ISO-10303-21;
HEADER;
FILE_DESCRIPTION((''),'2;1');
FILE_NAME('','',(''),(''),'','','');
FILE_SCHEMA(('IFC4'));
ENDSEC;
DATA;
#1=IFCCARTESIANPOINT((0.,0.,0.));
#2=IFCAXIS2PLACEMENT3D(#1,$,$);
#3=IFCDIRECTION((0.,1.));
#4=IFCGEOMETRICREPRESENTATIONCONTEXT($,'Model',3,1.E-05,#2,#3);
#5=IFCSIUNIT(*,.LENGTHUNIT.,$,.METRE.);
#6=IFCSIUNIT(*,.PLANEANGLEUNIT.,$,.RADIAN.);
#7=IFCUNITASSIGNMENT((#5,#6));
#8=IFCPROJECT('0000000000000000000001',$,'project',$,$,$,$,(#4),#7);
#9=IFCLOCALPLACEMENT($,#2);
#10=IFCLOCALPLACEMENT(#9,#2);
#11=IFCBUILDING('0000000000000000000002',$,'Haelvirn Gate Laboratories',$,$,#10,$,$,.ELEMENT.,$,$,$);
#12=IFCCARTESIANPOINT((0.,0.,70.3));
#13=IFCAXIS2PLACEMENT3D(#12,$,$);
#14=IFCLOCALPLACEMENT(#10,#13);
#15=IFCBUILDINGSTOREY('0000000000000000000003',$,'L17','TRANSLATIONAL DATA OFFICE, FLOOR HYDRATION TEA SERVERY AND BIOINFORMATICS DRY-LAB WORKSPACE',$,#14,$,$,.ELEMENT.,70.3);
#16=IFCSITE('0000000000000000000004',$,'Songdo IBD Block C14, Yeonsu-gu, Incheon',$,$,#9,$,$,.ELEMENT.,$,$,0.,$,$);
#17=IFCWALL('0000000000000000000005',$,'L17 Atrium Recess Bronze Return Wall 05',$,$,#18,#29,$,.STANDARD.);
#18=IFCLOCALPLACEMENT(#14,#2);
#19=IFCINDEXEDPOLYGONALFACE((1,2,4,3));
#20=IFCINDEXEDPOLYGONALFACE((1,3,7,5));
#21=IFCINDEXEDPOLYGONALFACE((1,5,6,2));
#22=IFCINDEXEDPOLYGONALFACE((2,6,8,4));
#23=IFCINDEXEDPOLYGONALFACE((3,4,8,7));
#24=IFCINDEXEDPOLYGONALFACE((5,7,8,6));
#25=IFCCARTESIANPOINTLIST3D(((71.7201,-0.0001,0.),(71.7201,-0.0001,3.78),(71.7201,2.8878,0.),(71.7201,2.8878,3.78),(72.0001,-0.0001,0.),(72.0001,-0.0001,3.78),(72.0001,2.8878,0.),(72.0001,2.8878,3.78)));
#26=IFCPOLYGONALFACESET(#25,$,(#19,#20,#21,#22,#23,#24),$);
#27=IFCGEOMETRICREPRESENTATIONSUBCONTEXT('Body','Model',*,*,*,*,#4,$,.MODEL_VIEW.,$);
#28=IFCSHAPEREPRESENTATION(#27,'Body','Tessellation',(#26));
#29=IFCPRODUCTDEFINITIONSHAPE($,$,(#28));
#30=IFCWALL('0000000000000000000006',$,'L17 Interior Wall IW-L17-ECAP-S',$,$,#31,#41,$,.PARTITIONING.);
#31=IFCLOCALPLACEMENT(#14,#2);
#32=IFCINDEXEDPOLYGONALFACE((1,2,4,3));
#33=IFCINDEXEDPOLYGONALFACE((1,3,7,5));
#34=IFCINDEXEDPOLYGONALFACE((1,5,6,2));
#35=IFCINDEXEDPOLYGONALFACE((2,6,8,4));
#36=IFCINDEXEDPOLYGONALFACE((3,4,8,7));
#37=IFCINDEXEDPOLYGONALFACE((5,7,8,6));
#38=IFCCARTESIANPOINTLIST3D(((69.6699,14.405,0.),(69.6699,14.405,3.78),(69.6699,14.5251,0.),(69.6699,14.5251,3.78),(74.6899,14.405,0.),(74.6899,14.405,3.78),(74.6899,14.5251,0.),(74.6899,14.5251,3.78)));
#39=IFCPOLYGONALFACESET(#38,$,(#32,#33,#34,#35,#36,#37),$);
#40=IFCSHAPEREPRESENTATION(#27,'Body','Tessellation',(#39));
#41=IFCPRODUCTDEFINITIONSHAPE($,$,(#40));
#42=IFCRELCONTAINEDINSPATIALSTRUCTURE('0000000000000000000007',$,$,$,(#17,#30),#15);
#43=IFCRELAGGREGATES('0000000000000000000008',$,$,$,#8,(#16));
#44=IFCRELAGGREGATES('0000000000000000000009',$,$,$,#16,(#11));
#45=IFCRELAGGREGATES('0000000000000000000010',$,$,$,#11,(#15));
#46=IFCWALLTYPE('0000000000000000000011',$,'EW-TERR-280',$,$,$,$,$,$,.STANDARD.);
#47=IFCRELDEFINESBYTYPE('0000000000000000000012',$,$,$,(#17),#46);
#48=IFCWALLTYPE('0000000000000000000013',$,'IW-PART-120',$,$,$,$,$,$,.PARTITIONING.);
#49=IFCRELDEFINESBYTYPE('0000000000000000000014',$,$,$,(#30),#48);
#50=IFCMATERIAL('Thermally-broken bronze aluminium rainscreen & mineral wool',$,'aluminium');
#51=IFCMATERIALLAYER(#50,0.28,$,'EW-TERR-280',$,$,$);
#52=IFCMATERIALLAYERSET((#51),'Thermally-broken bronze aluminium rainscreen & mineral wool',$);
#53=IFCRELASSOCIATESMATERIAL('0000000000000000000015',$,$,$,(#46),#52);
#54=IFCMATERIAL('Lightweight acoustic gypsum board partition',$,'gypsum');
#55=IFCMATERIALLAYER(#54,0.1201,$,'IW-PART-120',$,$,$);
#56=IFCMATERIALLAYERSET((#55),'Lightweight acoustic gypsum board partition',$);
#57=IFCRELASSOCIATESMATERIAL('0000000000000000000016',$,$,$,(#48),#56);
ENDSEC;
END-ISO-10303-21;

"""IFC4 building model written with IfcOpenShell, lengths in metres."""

from ifc_helpers import new_model, si_unit, direction, frame, frame_2d, origin, place, context, subcontext, project, spatial, rectangle, extrude, material, layer, layer_set, type_object, element, save


model = new_model("IFC4")

# Units and contexts
model_context = context("Model", 3, precision=1e-05, world=origin(), true_north=direction((0.0, 1.0)))
body_context = subcontext(model_context, "Body", "Model", "MODEL_VIEW")
ifc_project = project(units=[si_unit("LENGTHUNIT", "METRE"), si_unit("PLANEANGLEUNIT", "RADIAN")], contexts=[model_context])

# Site, building, storey
site_placement = place(None, origin())
site = spatial("IfcSite", under=ifc_project, at=site_placement, Name="Songdo IBD Block C14, Yeonsu-gu, Incheon", CompositionType="ELEMENT", RefElevation=0.0)
building_placement = place(site_placement, origin())
building = spatial("IfcBuilding", under=site, at=building_placement, Name="Haelvirn Gate Laboratories", CompositionType="ELEMENT")
storey_placement = place(building_placement, frame((0.0, 0.0, 70.3)))
storey = spatial("IfcBuildingStorey", under=building, at=storey_placement, Name="L17", Description="TRANSLATIONAL DATA OFFICE, FLOOR HYDRATION TEA SERVERY AND BIOINFORMATICS DRY-LAB WORKSPACE", CompositionType="ELEMENT", Elevation=70.3)

# Walls
ifc_material_1 = material(Name="Thermally-broken bronze aluminium rainscreen & mineral wool", Category="aluminium")
ifc_layer_1 = layer(ifc_material_1, 0.28, Name="EW-TERR-280")
ifc_layer_set_1 = layer_set([ifc_layer_1], Name="Thermally-broken bronze aluminium rainscreen & mineral wool")
wall_type_1 = type_object("IfcWallType", Name="EW-TERR-280", PredefinedType="STANDARD", material=ifc_layer_set_1)
wall_1_placement = place(storey_placement, frame((71.8601, 0.0, 0.0), z_axis=(0.0, 0.0, 1.0), x_axis=(0.0, 1.0, 0.0)))
element("IfcWall", 1, at=wall_1_placement, inside=storey, type_object=wall_type_1, Name="L17 Atrium Recess Bronze Return Wall 05", PredefinedType="STANDARD", context=body_context, shape_type="SweptSolid", body=[
    extrude(rectangle(XDim=2.8879, YDim=0.28, at=frame_2d((1.4438, 0.0))), origin(), (0.0, 0.0, 1.0), 3.78),
])
ifc_material_2 = material(Name="Lightweight acoustic gypsum board partition", Category="gypsum")
ifc_layer_2 = layer(ifc_material_2, 0.1201, Name="IW-PART-120")
ifc_layer_set_2 = layer_set([ifc_layer_2], Name="Lightweight acoustic gypsum board partition")
wall_type_2 = type_object("IfcWallType", Name="IW-PART-120", PredefinedType="PARTITIONING", material=ifc_layer_set_2)
wall_2_placement = place(storey_placement, frame((69.6699, 14.4651, 0.0), z_axis=(0.0, 0.0, 1.0), x_axis=(1.0, 0.0, 0.0)))
element("IfcWall", 2, at=wall_2_placement, inside=storey, type_object=wall_type_2, Name="L17 Interior Wall IW-L17-ECAP-S", PredefinedType="PARTITIONING", context=body_context, shape_type="SweptSolid", body=[
    extrude(rectangle(XDim=5.02, YDim=0.1201, at=frame_2d((2.51, 0.0))), origin(), (0.0, 0.0, 1.0), 3.78),
])

save(model, "model.ifc")
